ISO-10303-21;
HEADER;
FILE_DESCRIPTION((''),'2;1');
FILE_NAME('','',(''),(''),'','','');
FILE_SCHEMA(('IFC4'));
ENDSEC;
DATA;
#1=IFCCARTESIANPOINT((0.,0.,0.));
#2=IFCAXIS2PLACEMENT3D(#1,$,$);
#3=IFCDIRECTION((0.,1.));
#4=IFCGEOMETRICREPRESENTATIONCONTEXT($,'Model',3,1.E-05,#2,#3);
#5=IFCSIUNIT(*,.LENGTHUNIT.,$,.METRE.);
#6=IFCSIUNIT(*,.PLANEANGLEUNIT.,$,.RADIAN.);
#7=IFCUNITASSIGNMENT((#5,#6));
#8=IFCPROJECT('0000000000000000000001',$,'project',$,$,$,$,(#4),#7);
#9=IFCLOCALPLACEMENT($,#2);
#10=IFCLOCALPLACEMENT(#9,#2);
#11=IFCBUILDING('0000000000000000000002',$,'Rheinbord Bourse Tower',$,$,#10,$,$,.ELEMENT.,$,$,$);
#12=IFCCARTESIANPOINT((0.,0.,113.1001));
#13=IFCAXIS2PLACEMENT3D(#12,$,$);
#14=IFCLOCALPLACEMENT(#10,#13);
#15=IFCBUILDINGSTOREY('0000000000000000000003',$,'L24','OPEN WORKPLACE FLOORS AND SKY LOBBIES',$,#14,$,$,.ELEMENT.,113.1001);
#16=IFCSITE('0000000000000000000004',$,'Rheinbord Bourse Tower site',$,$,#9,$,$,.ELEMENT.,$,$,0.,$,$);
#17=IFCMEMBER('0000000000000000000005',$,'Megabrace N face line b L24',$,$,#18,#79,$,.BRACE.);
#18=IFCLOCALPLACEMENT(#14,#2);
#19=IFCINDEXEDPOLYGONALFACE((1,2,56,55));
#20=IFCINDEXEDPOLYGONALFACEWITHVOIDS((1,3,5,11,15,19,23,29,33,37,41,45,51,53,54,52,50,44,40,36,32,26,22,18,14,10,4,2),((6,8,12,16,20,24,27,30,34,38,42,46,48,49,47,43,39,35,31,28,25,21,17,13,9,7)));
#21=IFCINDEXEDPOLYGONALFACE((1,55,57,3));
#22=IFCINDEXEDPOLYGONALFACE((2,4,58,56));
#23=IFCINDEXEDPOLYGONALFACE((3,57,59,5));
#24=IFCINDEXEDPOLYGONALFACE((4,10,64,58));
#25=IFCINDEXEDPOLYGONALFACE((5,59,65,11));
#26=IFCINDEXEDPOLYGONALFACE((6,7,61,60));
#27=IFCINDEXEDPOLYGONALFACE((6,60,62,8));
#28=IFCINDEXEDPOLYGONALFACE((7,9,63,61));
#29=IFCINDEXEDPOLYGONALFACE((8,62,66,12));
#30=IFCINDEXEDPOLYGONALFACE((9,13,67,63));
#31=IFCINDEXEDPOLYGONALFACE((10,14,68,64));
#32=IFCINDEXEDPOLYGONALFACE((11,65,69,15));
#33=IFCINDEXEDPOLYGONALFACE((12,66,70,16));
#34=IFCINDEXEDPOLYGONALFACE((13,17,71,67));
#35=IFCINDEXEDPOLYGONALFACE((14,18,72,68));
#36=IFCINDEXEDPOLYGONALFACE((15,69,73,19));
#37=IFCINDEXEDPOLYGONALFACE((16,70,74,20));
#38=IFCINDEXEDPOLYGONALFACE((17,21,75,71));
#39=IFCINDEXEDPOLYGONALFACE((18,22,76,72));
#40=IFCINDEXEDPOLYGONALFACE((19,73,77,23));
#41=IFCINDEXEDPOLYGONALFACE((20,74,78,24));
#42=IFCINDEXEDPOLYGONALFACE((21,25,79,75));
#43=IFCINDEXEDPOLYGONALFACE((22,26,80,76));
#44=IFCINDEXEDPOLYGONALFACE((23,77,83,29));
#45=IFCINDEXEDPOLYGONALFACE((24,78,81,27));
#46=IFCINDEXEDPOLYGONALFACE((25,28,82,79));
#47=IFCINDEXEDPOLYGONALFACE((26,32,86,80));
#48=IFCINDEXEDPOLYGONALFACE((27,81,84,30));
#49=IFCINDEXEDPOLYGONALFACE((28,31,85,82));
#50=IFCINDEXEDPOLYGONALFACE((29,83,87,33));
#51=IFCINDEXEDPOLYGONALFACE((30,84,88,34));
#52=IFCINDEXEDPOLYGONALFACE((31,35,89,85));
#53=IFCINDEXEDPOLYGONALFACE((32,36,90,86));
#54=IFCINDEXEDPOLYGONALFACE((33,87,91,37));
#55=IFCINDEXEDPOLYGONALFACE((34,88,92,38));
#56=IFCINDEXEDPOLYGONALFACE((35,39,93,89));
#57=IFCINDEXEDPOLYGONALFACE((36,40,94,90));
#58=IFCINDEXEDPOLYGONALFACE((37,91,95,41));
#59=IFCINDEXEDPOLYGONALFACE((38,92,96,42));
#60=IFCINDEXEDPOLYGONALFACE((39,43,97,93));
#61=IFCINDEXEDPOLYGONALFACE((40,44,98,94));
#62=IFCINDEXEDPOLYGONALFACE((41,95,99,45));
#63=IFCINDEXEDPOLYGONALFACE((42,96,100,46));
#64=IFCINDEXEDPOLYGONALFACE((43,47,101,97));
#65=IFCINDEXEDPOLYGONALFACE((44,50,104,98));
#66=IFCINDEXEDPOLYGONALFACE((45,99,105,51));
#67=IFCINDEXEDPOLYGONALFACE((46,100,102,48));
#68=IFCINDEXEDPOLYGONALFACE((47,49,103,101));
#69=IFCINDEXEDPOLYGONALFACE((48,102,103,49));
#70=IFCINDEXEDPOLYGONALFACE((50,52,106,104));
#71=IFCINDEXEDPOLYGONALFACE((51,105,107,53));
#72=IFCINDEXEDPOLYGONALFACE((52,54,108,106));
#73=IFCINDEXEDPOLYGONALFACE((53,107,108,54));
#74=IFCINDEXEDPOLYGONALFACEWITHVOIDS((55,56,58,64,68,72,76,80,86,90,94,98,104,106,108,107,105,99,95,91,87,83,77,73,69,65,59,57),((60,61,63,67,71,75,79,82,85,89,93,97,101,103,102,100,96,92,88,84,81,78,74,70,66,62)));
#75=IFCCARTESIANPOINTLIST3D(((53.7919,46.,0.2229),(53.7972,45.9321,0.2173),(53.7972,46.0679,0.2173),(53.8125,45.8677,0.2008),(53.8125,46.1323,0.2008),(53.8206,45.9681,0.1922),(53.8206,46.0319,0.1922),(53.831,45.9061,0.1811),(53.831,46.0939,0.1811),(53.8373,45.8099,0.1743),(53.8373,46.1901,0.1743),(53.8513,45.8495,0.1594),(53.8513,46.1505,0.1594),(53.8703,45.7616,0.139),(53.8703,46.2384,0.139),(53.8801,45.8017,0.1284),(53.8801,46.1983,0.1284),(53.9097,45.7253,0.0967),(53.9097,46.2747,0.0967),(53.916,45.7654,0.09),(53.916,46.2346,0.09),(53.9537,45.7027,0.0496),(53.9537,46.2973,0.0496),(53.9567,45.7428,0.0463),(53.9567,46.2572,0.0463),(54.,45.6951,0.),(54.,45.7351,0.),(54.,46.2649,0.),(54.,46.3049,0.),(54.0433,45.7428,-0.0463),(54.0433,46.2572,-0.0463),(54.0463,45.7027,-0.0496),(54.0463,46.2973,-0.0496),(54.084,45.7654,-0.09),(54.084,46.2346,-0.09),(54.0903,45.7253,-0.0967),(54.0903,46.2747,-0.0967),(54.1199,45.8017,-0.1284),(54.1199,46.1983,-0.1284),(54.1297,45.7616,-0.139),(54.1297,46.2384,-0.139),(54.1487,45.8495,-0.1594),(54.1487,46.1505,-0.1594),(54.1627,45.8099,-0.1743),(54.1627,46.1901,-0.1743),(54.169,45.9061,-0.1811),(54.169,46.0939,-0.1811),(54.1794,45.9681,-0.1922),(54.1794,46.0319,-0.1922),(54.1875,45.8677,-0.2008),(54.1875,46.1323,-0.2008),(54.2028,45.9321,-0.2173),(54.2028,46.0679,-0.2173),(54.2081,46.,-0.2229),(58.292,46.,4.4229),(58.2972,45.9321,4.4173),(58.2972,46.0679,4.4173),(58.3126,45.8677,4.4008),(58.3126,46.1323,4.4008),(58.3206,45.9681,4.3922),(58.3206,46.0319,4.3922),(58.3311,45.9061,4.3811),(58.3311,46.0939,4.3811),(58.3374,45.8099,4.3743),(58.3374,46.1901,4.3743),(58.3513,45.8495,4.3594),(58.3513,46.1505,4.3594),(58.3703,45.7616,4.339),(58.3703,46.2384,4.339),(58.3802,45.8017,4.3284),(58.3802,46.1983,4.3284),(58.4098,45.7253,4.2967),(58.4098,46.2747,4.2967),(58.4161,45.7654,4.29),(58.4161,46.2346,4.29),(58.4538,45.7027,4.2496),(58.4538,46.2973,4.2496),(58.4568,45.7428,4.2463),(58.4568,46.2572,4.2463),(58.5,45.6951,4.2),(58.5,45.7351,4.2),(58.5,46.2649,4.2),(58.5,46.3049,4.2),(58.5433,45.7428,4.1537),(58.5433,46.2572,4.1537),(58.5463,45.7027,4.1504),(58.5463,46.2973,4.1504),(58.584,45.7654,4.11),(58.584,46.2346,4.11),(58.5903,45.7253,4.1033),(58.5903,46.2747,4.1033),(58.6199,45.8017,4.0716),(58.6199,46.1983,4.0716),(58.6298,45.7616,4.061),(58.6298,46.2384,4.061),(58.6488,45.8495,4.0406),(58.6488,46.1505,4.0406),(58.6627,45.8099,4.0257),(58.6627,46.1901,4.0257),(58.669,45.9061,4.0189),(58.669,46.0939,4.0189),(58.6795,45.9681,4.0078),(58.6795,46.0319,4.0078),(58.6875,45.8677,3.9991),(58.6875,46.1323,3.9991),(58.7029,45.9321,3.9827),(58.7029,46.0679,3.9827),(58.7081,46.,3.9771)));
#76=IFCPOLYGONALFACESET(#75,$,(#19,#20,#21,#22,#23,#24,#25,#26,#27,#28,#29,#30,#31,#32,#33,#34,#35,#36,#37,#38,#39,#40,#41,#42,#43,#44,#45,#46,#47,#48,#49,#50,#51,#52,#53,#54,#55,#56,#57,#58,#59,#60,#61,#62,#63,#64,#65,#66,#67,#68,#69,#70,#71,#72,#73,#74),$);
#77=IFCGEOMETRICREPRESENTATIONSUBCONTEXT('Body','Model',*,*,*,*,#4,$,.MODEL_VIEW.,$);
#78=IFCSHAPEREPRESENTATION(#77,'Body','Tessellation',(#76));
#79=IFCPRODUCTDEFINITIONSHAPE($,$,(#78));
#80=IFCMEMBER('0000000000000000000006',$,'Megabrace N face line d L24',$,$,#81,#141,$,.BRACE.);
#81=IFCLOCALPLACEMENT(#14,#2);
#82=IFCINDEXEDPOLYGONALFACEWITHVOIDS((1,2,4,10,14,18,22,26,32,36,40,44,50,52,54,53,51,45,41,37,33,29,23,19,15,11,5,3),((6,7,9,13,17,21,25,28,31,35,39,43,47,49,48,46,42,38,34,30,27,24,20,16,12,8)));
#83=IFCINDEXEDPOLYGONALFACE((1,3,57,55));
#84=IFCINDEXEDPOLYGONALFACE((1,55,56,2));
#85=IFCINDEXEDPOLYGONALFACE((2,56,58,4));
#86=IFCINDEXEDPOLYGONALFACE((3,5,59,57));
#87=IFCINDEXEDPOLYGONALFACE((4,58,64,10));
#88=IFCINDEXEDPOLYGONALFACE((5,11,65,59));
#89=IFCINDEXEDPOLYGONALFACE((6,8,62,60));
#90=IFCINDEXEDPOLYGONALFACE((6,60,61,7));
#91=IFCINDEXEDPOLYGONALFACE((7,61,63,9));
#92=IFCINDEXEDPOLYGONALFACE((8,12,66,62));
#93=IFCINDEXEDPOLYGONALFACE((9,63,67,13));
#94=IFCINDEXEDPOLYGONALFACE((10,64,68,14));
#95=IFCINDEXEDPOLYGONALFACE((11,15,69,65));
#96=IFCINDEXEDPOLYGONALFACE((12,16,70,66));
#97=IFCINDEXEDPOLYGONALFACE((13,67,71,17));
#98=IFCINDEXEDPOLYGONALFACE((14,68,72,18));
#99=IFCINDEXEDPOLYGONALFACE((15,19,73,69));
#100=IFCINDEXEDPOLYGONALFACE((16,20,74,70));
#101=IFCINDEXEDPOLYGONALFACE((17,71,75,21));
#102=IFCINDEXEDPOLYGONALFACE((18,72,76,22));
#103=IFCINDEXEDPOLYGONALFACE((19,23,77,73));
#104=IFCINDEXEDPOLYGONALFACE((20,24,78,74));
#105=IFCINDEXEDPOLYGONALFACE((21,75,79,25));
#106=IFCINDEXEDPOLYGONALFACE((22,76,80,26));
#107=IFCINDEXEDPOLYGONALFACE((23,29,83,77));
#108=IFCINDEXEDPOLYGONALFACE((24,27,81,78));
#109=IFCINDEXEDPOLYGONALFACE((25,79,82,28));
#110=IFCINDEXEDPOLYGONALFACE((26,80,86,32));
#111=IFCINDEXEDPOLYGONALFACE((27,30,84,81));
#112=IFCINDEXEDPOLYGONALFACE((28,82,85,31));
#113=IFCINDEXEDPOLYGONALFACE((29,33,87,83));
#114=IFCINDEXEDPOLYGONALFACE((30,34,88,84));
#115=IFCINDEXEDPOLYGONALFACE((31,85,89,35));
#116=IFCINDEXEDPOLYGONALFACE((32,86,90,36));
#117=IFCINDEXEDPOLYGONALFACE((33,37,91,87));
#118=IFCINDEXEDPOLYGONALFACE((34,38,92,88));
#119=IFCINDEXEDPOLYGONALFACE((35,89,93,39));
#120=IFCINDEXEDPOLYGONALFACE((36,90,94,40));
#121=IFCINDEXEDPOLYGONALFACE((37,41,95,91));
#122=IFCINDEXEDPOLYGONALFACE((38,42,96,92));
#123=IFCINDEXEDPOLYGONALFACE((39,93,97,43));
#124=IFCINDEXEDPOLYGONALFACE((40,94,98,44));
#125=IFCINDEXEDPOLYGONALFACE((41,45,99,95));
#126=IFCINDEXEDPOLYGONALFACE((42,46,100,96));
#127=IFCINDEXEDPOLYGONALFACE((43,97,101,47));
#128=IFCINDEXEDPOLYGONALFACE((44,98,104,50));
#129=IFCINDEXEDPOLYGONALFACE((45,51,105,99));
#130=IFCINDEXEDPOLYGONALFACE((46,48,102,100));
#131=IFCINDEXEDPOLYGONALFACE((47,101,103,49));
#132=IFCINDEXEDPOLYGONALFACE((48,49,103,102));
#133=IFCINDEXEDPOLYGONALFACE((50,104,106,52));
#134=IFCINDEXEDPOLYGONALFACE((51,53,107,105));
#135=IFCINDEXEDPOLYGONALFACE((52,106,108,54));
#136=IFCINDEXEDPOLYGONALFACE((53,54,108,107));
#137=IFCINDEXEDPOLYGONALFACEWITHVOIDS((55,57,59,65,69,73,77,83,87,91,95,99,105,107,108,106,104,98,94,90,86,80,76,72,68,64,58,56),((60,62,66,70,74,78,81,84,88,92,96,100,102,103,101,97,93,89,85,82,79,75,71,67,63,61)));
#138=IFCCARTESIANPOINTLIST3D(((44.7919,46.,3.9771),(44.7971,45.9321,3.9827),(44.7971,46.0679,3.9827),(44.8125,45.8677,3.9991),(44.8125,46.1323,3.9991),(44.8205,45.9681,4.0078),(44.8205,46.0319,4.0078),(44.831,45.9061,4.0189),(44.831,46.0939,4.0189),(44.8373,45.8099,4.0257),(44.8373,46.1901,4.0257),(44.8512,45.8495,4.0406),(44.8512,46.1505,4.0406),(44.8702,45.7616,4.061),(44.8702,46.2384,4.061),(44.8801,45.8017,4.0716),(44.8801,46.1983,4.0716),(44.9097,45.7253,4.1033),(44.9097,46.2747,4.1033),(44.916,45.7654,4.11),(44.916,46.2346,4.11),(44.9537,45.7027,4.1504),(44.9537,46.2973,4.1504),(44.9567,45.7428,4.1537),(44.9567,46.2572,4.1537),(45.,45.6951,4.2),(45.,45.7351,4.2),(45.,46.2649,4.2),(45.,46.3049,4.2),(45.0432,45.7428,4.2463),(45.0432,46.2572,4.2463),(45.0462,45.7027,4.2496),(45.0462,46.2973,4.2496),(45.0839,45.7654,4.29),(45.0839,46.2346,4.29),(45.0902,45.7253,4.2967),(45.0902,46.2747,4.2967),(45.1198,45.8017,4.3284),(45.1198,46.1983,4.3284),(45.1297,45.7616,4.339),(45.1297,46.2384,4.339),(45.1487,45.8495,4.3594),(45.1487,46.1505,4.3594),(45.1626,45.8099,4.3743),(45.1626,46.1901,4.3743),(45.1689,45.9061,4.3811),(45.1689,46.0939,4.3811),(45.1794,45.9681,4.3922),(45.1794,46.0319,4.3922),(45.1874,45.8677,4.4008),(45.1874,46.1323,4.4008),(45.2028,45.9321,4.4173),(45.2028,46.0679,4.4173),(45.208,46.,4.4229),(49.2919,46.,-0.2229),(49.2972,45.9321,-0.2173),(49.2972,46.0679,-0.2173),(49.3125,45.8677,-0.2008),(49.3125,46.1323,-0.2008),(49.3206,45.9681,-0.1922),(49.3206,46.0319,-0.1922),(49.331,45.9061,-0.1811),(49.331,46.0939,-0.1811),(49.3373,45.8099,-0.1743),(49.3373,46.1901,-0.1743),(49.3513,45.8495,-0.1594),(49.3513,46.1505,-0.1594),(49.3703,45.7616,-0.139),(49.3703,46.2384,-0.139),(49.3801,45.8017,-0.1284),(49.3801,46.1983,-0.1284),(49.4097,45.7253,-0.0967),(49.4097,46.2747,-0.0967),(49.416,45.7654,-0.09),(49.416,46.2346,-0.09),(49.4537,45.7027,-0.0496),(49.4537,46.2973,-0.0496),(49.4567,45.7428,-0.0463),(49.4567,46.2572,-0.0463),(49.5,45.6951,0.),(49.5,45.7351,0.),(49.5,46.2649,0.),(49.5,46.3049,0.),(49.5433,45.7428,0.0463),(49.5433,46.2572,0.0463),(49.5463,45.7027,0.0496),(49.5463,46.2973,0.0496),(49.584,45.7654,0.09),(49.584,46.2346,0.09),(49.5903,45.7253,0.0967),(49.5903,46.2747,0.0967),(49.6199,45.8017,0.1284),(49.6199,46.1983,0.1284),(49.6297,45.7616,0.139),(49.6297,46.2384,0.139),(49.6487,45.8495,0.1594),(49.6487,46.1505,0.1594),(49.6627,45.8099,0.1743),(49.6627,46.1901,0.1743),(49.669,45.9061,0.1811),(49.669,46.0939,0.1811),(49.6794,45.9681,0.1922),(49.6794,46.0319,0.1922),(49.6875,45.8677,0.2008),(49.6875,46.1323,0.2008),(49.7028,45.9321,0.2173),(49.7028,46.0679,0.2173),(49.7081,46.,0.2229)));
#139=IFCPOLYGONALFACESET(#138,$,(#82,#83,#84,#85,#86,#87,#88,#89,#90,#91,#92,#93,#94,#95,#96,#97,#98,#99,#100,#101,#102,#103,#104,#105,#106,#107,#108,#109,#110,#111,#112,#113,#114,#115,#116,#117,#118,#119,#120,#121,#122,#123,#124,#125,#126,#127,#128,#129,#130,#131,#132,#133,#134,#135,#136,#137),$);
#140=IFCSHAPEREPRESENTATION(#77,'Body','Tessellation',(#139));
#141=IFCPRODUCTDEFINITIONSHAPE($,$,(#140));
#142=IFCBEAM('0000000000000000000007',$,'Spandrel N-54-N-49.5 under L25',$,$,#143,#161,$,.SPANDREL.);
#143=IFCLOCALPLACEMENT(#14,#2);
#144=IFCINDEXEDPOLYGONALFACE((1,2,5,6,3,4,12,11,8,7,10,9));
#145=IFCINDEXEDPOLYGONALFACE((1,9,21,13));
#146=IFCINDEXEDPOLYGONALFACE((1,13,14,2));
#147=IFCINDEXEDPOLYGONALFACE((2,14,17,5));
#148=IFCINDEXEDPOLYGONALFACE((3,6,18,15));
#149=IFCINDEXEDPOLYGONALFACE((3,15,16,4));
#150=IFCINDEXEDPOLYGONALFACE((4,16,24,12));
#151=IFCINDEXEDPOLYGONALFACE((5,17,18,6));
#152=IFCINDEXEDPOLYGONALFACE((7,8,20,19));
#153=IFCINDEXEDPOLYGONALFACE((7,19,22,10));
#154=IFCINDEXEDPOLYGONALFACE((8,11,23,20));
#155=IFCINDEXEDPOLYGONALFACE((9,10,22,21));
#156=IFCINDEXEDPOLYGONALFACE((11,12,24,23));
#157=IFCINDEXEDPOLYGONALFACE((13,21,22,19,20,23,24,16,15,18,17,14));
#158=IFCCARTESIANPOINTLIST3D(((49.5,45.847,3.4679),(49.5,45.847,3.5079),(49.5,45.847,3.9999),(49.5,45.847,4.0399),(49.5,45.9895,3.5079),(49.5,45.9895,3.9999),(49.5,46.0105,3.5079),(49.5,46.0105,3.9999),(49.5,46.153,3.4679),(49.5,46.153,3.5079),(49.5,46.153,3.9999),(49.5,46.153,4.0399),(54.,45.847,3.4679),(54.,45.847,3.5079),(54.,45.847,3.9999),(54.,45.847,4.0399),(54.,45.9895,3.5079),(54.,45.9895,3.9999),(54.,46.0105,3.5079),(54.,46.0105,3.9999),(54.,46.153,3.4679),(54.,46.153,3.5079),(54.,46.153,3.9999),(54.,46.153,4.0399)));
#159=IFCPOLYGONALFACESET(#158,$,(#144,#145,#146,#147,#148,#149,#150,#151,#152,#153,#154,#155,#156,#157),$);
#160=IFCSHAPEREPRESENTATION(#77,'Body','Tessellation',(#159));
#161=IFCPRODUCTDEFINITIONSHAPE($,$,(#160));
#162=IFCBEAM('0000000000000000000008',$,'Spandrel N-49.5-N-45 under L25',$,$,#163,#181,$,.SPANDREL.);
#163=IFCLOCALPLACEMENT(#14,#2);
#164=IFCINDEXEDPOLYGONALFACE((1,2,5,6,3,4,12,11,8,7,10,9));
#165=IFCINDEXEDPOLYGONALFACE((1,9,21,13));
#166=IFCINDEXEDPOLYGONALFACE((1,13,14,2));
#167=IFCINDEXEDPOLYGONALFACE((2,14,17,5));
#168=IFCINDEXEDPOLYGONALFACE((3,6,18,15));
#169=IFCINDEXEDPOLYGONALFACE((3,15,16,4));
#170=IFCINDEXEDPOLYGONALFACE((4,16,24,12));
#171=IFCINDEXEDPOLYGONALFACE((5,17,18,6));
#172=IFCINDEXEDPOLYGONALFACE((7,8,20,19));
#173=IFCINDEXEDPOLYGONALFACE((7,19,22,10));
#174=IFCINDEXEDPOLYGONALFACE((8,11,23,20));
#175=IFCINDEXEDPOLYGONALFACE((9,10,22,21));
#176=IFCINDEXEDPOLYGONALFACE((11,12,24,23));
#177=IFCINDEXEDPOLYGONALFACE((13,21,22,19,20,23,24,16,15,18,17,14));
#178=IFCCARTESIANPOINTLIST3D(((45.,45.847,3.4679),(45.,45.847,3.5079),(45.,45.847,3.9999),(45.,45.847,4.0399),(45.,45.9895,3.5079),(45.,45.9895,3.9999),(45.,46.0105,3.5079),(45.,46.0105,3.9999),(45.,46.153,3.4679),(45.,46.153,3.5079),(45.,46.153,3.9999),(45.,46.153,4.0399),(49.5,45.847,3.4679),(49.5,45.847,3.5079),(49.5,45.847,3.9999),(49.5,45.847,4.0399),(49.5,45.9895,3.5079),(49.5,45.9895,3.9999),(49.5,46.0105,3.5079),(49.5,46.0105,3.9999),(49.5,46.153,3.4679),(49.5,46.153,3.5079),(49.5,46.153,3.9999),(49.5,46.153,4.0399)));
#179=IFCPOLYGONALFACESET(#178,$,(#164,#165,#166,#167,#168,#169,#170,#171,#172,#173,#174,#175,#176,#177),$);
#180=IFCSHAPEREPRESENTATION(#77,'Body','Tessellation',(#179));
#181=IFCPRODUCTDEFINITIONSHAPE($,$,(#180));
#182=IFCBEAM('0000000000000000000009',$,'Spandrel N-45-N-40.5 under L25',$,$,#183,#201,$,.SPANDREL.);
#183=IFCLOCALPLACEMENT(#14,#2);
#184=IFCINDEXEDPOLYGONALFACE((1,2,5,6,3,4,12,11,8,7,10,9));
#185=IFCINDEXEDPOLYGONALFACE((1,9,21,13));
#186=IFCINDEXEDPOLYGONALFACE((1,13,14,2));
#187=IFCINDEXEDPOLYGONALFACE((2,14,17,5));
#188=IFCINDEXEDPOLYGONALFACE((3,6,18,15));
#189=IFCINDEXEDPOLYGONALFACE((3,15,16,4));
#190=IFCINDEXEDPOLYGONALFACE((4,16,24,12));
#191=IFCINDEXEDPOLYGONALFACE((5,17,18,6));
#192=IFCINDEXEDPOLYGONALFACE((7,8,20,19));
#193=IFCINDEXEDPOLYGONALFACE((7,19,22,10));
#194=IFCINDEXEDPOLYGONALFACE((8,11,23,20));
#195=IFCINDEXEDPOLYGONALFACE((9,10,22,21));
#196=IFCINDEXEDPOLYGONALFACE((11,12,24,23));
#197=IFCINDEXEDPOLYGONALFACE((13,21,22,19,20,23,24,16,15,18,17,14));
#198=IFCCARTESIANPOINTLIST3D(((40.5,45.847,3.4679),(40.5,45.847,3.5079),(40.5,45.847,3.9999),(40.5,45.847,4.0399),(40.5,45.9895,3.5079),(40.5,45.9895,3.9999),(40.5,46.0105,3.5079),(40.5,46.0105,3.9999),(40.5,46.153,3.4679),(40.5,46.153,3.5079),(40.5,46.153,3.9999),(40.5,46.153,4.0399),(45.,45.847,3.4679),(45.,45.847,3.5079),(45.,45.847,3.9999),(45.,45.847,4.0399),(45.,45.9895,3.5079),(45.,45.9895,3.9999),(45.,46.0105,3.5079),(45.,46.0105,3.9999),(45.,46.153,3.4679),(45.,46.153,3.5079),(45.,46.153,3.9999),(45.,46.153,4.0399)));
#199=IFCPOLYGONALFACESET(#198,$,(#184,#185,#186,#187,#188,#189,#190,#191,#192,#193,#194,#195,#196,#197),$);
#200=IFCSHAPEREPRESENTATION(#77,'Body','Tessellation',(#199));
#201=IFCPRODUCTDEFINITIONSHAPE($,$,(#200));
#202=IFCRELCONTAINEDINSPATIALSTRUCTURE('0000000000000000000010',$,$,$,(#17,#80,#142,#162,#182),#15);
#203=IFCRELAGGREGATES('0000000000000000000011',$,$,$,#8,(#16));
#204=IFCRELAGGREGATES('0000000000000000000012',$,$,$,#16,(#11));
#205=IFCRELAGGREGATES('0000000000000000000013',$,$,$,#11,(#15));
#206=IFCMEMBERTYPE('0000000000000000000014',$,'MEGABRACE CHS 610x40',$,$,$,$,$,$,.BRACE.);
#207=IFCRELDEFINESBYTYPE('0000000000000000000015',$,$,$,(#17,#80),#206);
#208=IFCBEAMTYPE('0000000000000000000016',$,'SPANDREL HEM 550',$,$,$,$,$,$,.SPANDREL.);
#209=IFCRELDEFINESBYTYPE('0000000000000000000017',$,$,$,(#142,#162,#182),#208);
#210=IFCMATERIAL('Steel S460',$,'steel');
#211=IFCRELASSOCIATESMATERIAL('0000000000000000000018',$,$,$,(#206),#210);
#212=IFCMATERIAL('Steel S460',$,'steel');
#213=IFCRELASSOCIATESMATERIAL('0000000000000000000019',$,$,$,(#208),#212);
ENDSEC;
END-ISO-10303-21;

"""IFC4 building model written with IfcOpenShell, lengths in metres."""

from ifc_helpers import new_model, si_unit, direction, frame, origin, origin_2d, place, context, subcontext, project, spatial, hollow_circle, i_section, extrude, material, material_profile, profile_set, type_object, element, save


model = new_model("IFC4")

# Units and contexts
model_context = context("Model", 3, precision=1e-05, world=origin(), true_north=direction((0.0, 1.0)))
body_context = subcontext(model_context, "Body", "Model", "MODEL_VIEW")
ifc_project = project(units=[si_unit("LENGTHUNIT", "METRE"), si_unit("PLANEANGLEUNIT", "RADIAN")], contexts=[model_context])

# Site, building, storey
site_placement = place(None, origin())
site = spatial("IfcSite", under=ifc_project, at=site_placement, Name="Rheinbord Bourse Tower site", CompositionType="ELEMENT", RefElevation=0.0)
building_placement = place(site_placement, origin())
building = spatial("IfcBuilding", under=site, at=building_placement, Name="Rheinbord Bourse Tower", CompositionType="ELEMENT")
storey_placement = place(building_placement, frame((0.0, 0.0, 113.1001)))
storey = spatial("IfcBuildingStorey", under=building, at=storey_placement, Name="L24", Description="OPEN WORKPLACE FLOORS AND SKY LOBBIES", CompositionType="ELEMENT", Elevation=113.1001)

# Members
ifc_material_1 = material(Name="Steel S460", Category="steel")
ifc_material_profile_1 = material_profile(ifc_material_1, hollow_circle(Radius=0.3049, WallThickness=0.04, at=origin_2d()), Name="CHS 610x40")
ifc_profile_set_1 = profile_set([ifc_material_profile_1], Name="Steel S460")
member_type_1 = type_object("IfcMemberType", Name="MEGABRACE CHS 610x40", PredefinedType="BRACE", material=ifc_profile_set_1)
for number, where, z_axis, x_axis, name in (
    (1, (54.0, 46.0, 0.0), (0.731059, 0.0, 0.682314), (0.0, 1.0, 0.0), "Megabrace N face line b L24"),
    (2, (49.5, 46.0, 0.0), (-0.731059, 0.0, 0.682314), (0.0, -1.0, 0.0), "Megabrace N face line d L24"),
):
    element("IfcMember", number, at=place(storey_placement, frame(where, z_axis=z_axis, x_axis=x_axis)), inside=storey, type_object=member_type_1, Name=name, PredefinedType="BRACE", context=body_context, shape_type="SweptSolid", body=[
        extrude(hollow_circle(Radius=0.3049, WallThickness=0.04, at=origin_2d()), origin(), (0.0, 0.0, 1.0), 6.1555),
    ])

# Beams
ifc_material_2 = material(Name="Steel S460", Category="steel")
ifc_material_profile_2 = material_profile(ifc_material_2, i_section(OverallWidth=0.3059, OverallDepth=0.572, WebThickness=0.021, FlangeThickness=0.04, at=origin_2d()), Name="HEM 550")
ifc_profile_set_2 = profile_set([ifc_material_profile_2], Name="Steel S460")
beam_type_1 = type_object("IfcBeamType", Name="SPANDREL HEM 550", PredefinedType="SPANDREL", material=ifc_profile_set_2)
for number, where, z_axis, x_axis, name in (
    (3, (54.0, 46.0, 3.7539), (-1.0, 0.0, 0.0), (0.0, -1.0, 0.0), "Spandrel N-54-N-49.5 under L25"),
    (4, (49.5, 46.0, 3.7539), (-1.0, 0.0, 0.0), (0.0, -1.0, 0.0), "Spandrel N-49.5-N-45 under L25"),
    (5, (45.0, 46.0, 3.7539), (-1.0, 0.0, 0.0), (0.0, -1.0, 0.0), "Spandrel N-45-N-40.5 under L25"),
):
    element("IfcBeam", number, at=place(storey_placement, frame(where, z_axis=z_axis, x_axis=x_axis)), inside=storey, type_object=beam_type_1, Name=name, PredefinedType="SPANDREL", context=body_context, shape_type="SweptSolid", body=[
        extrude(i_section(OverallWidth=0.3059, OverallDepth=0.572, WebThickness=0.021, FlangeThickness=0.04, at=origin_2d()), origin(), (0.0, 0.0, 1.0), 4.5),
    ])

save(model, "model.ifc")
